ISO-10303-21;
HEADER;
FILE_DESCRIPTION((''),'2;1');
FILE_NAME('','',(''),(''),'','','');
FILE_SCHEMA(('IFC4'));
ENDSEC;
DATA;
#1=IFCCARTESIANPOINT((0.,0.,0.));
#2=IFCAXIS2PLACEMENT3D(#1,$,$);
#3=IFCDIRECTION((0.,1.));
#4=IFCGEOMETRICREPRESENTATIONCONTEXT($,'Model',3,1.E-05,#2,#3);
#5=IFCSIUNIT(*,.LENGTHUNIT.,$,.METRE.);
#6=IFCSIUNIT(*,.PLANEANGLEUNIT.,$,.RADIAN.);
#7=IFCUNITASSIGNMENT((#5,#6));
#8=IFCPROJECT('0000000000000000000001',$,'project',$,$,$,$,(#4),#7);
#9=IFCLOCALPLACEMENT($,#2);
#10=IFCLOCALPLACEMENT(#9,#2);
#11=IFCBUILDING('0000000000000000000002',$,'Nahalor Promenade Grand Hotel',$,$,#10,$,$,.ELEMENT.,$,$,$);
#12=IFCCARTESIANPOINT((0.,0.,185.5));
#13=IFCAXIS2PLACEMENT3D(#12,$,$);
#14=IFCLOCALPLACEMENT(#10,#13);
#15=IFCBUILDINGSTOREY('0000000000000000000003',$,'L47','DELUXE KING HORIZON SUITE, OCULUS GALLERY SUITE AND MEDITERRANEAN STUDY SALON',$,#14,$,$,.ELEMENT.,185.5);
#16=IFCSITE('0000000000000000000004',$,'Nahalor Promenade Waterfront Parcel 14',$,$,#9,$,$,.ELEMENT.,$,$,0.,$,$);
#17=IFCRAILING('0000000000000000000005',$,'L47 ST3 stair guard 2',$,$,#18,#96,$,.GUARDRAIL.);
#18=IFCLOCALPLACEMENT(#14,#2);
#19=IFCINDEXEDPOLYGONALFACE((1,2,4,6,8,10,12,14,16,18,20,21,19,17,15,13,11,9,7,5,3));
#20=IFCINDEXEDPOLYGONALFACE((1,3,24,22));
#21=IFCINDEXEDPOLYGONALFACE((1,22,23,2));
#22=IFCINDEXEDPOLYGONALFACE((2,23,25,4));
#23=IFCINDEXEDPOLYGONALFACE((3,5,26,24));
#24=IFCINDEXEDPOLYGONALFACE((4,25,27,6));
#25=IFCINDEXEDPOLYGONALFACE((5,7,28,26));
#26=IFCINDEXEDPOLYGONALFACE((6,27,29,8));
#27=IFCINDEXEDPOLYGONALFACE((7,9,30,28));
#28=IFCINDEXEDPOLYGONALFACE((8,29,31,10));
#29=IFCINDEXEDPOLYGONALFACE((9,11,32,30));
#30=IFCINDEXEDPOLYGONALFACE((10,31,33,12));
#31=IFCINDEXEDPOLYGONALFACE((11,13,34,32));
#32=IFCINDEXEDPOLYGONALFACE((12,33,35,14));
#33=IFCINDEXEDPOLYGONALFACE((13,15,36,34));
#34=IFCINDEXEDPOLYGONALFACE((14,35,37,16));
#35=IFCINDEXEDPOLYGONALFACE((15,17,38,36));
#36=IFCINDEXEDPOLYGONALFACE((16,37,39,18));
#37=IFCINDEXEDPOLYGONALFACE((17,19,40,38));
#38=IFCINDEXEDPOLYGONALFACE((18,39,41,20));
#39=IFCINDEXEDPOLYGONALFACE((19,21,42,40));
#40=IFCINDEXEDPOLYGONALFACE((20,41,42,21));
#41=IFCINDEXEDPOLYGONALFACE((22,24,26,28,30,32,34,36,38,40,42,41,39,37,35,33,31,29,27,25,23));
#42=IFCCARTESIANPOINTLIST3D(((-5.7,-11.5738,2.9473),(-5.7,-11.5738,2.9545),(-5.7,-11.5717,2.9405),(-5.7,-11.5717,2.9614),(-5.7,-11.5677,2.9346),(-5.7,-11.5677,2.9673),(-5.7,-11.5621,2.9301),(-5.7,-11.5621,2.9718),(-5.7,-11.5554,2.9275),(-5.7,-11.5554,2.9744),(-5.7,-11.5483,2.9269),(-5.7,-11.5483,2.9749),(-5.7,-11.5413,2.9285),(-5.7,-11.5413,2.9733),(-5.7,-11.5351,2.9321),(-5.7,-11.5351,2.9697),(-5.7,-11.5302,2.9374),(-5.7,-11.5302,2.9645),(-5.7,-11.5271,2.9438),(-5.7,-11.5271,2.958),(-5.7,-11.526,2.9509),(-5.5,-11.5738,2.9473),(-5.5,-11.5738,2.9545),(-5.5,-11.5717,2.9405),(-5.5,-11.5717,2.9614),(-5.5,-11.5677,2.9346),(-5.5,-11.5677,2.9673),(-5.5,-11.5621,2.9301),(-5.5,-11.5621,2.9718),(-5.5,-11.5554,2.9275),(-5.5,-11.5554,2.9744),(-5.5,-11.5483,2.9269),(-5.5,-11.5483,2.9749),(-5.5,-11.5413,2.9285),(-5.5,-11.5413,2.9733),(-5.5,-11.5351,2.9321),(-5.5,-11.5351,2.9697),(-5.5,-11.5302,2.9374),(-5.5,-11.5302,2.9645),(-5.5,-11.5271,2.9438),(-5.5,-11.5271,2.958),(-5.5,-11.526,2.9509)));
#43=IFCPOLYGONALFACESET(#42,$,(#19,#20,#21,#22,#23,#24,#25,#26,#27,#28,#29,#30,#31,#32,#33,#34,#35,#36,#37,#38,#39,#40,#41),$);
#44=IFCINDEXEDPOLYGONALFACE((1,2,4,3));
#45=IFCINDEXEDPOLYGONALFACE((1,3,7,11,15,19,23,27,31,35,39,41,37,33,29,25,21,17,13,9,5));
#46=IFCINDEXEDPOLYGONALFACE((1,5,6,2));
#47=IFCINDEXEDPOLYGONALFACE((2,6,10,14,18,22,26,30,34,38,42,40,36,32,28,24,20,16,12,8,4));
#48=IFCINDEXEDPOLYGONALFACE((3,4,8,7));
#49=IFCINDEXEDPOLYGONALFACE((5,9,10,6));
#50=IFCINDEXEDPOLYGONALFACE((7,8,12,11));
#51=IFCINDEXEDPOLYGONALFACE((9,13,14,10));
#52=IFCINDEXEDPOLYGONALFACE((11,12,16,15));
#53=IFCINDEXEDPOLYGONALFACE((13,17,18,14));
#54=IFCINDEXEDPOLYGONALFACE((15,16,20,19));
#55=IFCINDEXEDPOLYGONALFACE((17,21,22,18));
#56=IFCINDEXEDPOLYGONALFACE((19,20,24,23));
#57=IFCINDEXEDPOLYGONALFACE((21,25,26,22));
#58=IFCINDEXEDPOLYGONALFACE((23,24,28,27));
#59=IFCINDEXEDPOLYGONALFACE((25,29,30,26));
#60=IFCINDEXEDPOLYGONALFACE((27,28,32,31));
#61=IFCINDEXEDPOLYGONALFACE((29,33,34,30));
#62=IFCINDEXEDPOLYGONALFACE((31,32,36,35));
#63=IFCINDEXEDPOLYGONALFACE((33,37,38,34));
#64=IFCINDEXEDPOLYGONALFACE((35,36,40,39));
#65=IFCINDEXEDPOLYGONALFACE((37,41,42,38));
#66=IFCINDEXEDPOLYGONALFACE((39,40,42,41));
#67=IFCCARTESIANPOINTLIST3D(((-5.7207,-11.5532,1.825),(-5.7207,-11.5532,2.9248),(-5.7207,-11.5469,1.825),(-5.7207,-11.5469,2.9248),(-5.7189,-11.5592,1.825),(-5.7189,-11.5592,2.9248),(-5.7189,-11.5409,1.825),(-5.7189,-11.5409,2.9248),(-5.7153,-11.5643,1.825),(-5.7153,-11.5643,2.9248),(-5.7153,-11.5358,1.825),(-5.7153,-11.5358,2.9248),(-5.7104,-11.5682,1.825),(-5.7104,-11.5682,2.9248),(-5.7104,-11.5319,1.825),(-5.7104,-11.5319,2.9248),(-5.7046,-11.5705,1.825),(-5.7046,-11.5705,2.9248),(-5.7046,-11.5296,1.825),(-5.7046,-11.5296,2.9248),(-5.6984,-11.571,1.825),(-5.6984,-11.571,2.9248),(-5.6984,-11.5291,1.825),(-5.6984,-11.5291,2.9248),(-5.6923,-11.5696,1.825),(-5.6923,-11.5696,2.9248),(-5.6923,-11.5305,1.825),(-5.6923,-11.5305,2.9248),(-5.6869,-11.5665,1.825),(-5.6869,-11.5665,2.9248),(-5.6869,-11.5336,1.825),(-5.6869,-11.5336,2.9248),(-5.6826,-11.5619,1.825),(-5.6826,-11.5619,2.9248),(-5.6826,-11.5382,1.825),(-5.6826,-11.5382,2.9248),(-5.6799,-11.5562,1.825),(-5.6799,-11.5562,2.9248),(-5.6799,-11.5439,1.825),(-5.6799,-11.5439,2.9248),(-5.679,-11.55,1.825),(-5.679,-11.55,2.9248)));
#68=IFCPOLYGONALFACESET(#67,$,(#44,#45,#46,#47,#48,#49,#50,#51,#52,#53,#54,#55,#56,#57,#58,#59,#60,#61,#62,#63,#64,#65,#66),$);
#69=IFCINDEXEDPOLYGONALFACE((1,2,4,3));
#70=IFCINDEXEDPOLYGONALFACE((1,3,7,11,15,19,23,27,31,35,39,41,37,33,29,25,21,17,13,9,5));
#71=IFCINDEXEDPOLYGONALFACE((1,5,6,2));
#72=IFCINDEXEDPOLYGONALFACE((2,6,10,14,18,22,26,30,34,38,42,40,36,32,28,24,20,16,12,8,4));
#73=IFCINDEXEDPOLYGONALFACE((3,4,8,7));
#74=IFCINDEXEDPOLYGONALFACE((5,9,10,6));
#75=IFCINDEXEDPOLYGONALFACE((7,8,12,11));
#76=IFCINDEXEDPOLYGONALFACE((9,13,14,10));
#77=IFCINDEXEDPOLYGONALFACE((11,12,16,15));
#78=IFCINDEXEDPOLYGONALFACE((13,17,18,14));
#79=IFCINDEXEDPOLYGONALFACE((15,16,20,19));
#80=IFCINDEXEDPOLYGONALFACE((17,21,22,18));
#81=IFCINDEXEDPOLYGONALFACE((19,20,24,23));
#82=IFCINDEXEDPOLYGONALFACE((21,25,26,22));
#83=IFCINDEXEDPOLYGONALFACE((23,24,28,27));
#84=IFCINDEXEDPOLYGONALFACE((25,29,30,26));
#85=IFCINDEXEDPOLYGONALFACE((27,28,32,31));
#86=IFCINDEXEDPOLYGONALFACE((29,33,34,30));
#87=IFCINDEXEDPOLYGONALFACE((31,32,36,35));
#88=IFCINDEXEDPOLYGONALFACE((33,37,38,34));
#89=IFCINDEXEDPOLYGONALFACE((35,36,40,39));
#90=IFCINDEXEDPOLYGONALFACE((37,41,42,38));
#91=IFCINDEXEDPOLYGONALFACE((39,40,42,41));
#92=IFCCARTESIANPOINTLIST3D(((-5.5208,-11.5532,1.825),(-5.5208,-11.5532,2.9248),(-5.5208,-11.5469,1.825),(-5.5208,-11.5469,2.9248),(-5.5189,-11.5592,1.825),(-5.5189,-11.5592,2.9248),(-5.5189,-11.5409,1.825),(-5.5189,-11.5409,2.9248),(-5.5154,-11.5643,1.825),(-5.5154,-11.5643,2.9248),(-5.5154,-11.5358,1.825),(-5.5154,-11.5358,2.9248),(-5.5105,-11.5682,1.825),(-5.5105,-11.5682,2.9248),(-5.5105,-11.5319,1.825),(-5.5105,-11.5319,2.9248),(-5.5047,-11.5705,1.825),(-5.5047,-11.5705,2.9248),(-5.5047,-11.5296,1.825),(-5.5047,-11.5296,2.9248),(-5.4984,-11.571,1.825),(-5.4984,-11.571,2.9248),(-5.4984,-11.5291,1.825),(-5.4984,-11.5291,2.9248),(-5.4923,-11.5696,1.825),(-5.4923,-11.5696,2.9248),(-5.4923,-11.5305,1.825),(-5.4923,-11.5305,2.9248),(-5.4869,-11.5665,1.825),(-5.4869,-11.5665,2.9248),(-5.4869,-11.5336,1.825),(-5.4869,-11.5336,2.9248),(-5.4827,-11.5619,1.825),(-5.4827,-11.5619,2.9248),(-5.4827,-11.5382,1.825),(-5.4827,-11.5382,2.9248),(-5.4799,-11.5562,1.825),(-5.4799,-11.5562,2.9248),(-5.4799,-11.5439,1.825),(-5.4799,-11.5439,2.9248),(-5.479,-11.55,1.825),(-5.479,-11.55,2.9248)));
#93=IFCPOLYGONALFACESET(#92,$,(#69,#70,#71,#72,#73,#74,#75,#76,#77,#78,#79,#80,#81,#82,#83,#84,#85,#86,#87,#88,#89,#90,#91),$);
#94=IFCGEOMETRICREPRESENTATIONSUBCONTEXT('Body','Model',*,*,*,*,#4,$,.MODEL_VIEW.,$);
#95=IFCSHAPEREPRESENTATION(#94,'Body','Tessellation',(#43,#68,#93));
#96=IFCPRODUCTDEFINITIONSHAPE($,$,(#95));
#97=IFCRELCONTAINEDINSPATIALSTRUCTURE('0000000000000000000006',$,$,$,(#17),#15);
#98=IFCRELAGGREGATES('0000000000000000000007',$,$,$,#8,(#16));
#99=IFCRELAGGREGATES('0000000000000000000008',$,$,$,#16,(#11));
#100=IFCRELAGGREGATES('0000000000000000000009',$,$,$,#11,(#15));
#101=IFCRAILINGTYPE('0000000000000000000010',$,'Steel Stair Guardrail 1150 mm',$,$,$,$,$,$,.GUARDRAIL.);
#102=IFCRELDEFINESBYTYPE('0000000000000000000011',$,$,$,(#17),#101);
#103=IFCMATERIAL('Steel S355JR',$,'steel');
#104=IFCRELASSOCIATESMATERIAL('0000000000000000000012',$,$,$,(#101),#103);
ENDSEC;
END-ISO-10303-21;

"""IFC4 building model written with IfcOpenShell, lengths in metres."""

from ifc_helpers import new_model, si_unit, direction, frame, origin, origin_2d, place, context, subcontext, project, spatial, circle, extrude, material, type_object, element, save


model = new_model("IFC4")

# Units and contexts
model_context = context("Model", 3, precision=1e-05, world=origin(), true_north=direction((0.0, 1.0)))
body_context = subcontext(model_context, "Body", "Model", "MODEL_VIEW")
ifc_project = project(units=[si_unit("LENGTHUNIT", "METRE"), si_unit("PLANEANGLEUNIT", "RADIAN")], contexts=[model_context])

# Site, building, storey
site_placement = place(None, origin())
site = spatial("IfcSite", under=ifc_project, at=site_placement, Name="Nahalor Promenade Waterfront Parcel 14", CompositionType="ELEMENT", RefElevation=0.0)
building_placement = place(site_placement, origin())
building = spatial("IfcBuilding", under=site, at=building_placement, Name="Nahalor Promenade Grand Hotel", CompositionType="ELEMENT")
storey_placement = place(building_placement, frame((0.0, 0.0, 185.5)))
storey = spatial("IfcBuildingStorey", under=building, at=storey_placement, Name="L47", Description="DELUXE KING HORIZON SUITE, OCULUS GALLERY SUITE AND MEDITERRANEAN STUDY SALON", CompositionType="ELEMENT", Elevation=185.5)

# Shared definitions
ifc_material_1 = material(Name="Steel S355JR", Category="steel")

# Railing
railing_type_1 = type_object("IfcRailingType", Name="Steel Stair Guardrail 1150 mm", PredefinedType="GUARDRAIL", material=ifc_material_1)
railing_1_placement = place(storey_placement, frame((-5.7, -11.55, 1.825)))
element("IfcRailing", 1, at=railing_1_placement, inside=storey, type_object=railing_type_1, Name="L47 ST3 stair guard 2", PredefinedType="GUARDRAIL", context=body_context, shape_type="SweptSolid", body=[
    extrude(circle(Radius=0.024, at=origin_2d()), frame((0.0, 0.0, 1.126), z_axis=(1.0, 0.0, 0.0), x_axis=(0.0, 1.0, 0.0)), (0.0, 0.0, 1.0), 0.2),
    extrude(circle(Radius=0.021, at=origin_2d()), origin(), (0.0, 0.0, 1.0), 1.0999),
    extrude(circle(Radius=0.021, at=origin_2d()), frame((0.2, 0.0, 0.0)), (0.0, 0.0, 1.0), 1.0999),
])

save(model, "model.ifc")
